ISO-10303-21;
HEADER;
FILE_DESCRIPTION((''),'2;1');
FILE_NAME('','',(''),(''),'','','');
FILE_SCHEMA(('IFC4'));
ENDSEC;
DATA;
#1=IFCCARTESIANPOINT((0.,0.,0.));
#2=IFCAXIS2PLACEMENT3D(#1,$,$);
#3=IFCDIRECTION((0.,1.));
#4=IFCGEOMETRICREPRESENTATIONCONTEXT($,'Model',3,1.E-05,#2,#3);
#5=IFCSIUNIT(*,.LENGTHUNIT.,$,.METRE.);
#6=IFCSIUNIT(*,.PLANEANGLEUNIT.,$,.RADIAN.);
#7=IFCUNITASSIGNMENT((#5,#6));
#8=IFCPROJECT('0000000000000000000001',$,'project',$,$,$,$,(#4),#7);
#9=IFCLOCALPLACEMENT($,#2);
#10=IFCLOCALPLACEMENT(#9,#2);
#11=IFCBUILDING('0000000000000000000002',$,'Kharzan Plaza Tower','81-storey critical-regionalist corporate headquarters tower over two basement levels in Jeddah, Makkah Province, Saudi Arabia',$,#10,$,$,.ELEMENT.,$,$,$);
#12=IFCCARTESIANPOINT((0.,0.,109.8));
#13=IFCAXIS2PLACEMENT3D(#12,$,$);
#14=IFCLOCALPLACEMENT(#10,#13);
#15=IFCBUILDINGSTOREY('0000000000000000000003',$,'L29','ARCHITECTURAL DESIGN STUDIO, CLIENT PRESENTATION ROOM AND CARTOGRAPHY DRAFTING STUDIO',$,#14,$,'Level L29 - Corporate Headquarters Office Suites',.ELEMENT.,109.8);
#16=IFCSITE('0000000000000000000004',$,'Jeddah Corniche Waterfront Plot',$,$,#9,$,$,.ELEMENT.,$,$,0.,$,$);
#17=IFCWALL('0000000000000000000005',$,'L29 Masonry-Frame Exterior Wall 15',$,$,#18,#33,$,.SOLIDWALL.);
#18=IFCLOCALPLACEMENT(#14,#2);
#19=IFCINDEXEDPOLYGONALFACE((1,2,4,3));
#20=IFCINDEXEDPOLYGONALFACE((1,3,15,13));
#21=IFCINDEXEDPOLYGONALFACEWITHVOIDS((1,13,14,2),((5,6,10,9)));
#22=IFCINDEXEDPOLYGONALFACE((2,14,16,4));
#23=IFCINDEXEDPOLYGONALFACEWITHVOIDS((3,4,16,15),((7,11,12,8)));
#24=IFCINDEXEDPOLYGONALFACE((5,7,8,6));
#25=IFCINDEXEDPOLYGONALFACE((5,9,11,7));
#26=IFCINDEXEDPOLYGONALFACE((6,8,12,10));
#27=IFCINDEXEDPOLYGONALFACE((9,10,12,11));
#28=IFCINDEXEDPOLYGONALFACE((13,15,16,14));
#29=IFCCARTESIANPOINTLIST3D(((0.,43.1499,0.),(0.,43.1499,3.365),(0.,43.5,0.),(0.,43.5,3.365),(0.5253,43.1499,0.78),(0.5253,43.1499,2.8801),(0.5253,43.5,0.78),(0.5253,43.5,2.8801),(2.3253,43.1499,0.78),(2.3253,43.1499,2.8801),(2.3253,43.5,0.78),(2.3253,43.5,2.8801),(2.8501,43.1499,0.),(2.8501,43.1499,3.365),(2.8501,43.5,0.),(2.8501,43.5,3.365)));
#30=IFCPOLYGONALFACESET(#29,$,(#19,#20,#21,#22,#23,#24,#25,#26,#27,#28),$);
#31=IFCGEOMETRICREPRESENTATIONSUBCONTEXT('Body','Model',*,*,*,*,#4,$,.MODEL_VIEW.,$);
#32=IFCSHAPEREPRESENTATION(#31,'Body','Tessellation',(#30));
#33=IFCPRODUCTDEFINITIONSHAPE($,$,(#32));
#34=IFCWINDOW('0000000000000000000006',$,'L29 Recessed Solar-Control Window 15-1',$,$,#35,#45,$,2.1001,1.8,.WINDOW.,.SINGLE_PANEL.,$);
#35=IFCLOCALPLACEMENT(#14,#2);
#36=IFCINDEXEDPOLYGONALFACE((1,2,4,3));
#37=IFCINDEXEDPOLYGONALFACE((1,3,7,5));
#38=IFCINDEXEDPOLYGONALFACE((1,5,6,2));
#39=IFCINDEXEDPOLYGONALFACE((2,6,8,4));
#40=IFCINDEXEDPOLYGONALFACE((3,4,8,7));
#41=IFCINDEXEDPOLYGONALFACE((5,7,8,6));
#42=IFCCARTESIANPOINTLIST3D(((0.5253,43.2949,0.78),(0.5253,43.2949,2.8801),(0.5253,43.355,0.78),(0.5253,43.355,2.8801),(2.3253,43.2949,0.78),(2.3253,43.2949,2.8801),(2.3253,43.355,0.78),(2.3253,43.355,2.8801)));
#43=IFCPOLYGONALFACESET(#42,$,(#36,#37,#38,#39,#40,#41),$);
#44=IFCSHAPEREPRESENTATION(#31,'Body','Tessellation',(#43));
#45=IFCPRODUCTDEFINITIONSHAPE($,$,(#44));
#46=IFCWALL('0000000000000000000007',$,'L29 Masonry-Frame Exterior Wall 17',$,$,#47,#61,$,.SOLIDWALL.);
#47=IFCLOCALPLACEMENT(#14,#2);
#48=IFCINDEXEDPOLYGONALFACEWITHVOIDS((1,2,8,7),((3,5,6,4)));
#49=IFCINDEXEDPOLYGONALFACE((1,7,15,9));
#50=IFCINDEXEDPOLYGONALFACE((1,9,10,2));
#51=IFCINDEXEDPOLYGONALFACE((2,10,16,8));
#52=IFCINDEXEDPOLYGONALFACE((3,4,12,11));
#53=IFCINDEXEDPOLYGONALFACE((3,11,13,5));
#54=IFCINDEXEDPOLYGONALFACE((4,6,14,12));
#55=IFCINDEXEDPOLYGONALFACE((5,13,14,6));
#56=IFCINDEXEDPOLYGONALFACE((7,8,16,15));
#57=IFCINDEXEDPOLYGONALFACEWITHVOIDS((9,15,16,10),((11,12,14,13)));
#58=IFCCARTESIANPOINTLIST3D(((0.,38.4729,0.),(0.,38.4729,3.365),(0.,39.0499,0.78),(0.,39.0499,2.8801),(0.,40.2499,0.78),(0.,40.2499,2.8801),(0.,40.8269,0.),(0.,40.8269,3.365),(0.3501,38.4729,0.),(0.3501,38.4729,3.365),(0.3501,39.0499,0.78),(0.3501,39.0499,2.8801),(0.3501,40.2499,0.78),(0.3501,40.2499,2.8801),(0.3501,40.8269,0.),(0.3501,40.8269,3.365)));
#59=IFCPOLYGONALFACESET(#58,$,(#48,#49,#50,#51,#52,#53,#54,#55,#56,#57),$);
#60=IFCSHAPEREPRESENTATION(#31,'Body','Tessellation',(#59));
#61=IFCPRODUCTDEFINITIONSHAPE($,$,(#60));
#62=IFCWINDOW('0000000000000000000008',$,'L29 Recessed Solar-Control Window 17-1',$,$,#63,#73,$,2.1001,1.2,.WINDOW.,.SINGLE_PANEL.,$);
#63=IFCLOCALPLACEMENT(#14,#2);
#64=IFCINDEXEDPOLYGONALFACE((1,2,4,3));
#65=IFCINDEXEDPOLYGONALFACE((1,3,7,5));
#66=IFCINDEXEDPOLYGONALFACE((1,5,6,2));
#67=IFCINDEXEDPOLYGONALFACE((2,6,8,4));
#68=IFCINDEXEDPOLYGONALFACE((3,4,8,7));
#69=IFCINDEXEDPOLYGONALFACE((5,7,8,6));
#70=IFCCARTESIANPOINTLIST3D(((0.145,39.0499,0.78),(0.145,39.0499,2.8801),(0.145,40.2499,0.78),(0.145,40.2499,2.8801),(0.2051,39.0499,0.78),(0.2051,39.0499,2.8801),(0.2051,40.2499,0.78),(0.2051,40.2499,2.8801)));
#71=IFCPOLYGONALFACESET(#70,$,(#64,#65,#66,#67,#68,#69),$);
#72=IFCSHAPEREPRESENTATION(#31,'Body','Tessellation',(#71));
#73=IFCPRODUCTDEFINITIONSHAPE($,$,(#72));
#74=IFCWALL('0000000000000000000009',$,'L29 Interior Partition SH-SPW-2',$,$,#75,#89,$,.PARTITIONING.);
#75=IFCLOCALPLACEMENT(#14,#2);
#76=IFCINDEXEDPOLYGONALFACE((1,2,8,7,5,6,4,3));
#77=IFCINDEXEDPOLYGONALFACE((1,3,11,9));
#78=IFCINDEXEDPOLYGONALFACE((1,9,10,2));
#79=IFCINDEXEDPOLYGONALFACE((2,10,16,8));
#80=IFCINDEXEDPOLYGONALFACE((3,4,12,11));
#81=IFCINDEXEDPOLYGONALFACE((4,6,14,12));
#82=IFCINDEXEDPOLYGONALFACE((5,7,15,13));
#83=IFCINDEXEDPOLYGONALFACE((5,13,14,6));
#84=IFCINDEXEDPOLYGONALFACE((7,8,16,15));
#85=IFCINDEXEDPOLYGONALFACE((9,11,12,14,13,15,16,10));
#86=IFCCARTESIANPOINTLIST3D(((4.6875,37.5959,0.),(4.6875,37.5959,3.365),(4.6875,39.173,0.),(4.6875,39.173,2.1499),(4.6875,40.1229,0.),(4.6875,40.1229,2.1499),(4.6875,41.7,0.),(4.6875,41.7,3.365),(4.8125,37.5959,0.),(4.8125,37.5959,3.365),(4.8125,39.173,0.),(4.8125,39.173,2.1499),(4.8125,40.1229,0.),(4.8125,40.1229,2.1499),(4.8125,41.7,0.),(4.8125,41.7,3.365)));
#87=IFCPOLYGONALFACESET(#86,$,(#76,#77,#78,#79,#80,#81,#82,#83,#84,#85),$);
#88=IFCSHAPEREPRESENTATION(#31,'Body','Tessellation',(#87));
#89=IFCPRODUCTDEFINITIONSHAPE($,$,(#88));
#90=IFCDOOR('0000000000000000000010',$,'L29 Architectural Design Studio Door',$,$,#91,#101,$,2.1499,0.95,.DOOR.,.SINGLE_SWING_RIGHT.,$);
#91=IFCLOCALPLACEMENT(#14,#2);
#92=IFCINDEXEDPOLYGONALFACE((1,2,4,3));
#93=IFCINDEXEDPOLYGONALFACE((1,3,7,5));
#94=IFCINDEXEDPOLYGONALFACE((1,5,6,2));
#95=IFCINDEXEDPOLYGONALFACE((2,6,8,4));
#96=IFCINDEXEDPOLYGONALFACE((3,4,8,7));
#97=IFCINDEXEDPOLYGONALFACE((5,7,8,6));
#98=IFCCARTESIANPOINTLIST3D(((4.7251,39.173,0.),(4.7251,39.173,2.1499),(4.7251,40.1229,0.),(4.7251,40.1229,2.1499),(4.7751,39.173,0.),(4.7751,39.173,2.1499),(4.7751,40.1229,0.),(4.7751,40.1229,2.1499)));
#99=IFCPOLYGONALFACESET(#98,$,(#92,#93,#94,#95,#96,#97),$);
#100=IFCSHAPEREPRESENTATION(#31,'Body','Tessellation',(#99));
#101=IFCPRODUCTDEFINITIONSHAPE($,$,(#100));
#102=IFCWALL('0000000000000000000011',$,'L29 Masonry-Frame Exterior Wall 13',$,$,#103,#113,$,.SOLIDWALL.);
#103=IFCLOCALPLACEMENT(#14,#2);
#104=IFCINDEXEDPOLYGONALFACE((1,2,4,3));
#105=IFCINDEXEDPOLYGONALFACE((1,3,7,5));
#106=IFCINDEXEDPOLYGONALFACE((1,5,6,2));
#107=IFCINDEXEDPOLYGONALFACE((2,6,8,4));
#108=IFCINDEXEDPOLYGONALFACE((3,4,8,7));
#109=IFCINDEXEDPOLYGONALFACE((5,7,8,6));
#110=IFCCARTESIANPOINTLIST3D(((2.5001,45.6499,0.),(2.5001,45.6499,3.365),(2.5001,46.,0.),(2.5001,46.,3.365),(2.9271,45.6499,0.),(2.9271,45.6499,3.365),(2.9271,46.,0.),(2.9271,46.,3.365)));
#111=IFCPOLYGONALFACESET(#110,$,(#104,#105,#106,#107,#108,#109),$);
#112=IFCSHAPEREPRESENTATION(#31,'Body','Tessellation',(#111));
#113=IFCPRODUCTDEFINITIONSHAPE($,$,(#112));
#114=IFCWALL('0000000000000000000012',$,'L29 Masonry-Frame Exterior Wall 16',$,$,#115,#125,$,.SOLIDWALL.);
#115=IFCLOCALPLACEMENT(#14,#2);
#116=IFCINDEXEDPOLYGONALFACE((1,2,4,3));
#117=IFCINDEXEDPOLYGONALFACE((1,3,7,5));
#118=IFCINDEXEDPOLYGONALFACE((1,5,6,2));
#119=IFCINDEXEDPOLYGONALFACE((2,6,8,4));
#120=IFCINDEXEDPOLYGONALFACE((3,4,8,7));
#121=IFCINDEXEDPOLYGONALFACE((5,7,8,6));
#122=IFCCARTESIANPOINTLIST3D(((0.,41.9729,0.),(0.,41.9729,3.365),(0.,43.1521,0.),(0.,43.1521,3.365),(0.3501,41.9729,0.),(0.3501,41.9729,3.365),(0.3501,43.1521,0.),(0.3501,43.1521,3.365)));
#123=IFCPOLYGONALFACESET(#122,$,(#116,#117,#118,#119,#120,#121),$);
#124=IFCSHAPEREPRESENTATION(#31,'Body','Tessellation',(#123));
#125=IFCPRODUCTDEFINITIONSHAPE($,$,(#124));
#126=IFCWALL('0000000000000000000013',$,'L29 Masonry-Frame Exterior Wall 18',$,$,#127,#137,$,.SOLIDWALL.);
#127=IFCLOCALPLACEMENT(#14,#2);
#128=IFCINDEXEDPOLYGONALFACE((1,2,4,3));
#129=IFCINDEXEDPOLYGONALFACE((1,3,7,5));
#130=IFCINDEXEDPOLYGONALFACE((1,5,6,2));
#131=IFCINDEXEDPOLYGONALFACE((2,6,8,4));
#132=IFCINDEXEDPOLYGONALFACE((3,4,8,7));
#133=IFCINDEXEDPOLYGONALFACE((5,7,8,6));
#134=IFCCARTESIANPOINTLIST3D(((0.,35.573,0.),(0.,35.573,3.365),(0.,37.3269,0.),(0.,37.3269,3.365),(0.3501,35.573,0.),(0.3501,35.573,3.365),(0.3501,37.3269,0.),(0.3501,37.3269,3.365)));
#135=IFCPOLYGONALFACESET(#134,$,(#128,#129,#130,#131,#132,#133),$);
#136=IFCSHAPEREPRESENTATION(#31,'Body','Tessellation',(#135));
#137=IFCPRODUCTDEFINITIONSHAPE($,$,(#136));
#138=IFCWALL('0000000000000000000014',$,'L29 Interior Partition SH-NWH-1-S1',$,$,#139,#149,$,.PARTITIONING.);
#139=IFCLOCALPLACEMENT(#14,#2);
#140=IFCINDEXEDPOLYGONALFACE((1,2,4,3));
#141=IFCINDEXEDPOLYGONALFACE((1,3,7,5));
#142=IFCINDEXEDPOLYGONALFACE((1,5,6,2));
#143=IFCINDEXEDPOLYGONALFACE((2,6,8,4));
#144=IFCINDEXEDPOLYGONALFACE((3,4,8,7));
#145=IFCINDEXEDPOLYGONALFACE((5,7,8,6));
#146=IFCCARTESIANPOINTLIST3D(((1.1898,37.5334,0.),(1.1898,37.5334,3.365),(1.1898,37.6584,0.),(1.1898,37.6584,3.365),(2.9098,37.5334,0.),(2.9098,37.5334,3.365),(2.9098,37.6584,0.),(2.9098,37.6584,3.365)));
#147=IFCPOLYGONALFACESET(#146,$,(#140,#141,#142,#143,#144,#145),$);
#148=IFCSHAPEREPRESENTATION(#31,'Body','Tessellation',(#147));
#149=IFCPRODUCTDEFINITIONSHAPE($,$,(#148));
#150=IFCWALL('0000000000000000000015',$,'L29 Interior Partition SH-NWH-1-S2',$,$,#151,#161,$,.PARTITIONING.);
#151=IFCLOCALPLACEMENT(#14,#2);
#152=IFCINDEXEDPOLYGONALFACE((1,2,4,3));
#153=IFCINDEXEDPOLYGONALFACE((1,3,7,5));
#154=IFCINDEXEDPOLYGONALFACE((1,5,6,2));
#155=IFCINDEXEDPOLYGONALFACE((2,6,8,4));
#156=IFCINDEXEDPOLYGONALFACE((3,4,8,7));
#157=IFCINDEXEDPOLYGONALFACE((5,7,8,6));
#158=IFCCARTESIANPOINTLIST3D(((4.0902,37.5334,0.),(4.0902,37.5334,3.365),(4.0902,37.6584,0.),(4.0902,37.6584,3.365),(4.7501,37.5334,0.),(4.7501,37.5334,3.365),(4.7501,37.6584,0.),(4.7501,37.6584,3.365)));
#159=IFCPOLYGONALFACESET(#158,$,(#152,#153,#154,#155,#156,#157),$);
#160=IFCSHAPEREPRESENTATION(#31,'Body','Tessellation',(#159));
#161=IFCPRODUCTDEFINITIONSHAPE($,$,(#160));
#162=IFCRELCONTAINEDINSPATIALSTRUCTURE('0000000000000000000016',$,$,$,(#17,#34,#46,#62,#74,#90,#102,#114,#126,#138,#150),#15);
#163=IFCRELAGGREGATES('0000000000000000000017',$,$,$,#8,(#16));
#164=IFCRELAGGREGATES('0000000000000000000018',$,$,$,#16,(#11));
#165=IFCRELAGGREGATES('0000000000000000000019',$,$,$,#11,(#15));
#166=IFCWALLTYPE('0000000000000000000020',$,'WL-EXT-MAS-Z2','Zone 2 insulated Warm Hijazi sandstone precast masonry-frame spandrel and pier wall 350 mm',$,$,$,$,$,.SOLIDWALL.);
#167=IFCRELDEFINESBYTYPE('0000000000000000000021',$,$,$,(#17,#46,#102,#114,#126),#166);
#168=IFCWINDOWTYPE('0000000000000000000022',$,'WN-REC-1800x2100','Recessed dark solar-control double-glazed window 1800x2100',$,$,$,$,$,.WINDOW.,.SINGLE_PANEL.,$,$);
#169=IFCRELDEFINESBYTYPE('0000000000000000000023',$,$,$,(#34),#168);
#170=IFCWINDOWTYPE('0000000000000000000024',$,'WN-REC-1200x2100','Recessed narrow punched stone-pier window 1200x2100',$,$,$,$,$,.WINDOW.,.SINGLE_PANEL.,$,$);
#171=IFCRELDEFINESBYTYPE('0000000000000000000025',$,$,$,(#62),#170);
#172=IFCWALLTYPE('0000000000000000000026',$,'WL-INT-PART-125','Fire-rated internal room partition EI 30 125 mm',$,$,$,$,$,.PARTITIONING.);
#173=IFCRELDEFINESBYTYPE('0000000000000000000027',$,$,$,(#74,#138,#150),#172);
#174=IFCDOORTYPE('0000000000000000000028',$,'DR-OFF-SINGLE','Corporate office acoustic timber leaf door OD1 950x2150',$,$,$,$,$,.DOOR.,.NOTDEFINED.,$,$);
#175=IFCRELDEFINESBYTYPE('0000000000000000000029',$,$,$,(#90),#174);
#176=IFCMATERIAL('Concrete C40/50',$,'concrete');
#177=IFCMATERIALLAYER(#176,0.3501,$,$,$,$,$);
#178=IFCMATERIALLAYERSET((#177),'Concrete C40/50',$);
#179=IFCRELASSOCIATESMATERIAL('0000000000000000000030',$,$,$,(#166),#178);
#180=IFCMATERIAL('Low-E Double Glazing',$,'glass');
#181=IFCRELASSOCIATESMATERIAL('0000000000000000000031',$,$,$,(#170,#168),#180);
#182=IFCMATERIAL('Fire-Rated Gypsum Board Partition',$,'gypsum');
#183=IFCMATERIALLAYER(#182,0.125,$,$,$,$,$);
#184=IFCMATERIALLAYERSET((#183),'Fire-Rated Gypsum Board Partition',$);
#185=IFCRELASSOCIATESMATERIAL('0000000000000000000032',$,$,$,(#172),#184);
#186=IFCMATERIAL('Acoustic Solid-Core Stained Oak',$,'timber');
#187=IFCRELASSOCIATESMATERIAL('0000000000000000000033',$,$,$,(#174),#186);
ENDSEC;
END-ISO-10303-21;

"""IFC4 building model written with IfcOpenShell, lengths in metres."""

from ifc_helpers import new_model, si_unit, direction, frame, frame_2d, origin, place, context, subcontext, project, spatial, rectangle, extrude, source, transform, mapped, material, layer, layer_set, type_object, element, fill, save


model = new_model("IFC4")

# Units and contexts
model_context = context("Model", 3, precision=1e-05, world=origin(), true_north=direction((0.0, 1.0)))
body_context = subcontext(model_context, "Body", "Model", "MODEL_VIEW")
ifc_project = project(units=[si_unit("LENGTHUNIT", "METRE"), si_unit("PLANEANGLEUNIT", "RADIAN")], contexts=[model_context])

# Site, building, storey
site_placement = place(None, origin())
site = spatial("IfcSite", under=ifc_project, at=site_placement, Name="Jeddah Corniche Waterfront Plot", CompositionType="ELEMENT", RefElevation=0.0)
building_placement = place(site_placement, origin())
building = spatial("IfcBuilding", under=site, at=building_placement, Name="Kharzan Plaza Tower", Description="81-storey critical-regionalist corporate headquarters tower over two basement levels in Jeddah, Makkah Province, Saudi Arabia", CompositionType="ELEMENT")
storey_placement = place(building_placement, frame((0.0, 0.0, 109.8)))
storey = spatial("IfcBuildingStorey", under=building, at=storey_placement, Name="L29", Description="ARCHITECTURAL DESIGN STUDIO, CLIENT PRESENTATION ROOM AND CARTOGRAPHY DRAFTING STUDIO", LongName="Level L29 - Corporate Headquarters Office Suites", CompositionType="ELEMENT", Elevation=109.8)

# Walls, openings, windows
ifc_material_1 = material(Name="Concrete C40/50", Category="concrete")
ifc_layer_1 = layer(ifc_material_1, 0.3501)
ifc_layer_set_1 = layer_set([ifc_layer_1], Name="Concrete C40/50")
wall_type_1 = type_object("IfcWallType", Name="WL-EXT-MAS-Z2", Description="Zone 2 insulated Warm Hijazi sandstone precast masonry-frame spandrel and pier wall 350 mm", PredefinedType="SOLIDWALL", material=ifc_layer_set_1)
ifc_material_2 = material(Name="Low-E Double Glazing", Category="glass")
window_type_1 = type_object("IfcWindowType", Name="WN-REC-1200x2100", Description="Recessed narrow punched stone-pier window 1200x2100", PartitioningType="SINGLE_PANEL", PredefinedType="WINDOW", material=ifc_material_2)
shared_shape_1 = source(origin(), body_context, "Body", "SweptSolid", [
    extrude(rectangle(XDim=1.2, YDim=2.1001, at=frame_2d((0.6001, 1.05))), frame((0.0, 0.03, 0.0), z_axis=(0.0, -1.0, 0.0), x_axis=(1.0, 0.0, 0.0)), (0.0, 0.0, 1.0), 0.0601),
])
wall_1_placement = place(storey_placement, frame((2.8501, 43.325, 0.0), z_axis=(0.0, 0.0, 1.0), x_axis=(-1.0, 0.0, 0.0)))
wall_1 = element("IfcWall", 1, at=wall_1_placement, inside=storey, type_object=wall_type_1, Name="L29 Masonry-Frame Exterior Wall 15", PredefinedType="SOLIDWALL", context=body_context, shape_type="SweptSolid", body=[
    extrude(rectangle(XDim=2.8501, YDim=0.3501, at=frame_2d((1.425, 0.0))), origin(), (0.0, 0.0, 1.0), 3.365),
])
opening_1_placement = place(wall_1_placement, frame((0.5249, 0.0, 0.78)))
opening_1 = element("IfcOpeningElement", 2, at=opening_1_placement, cuts=wall_1, PredefinedType="OPENING", context=body_context, shape_type="SweptSolid", body=[
    extrude(rectangle(XDim=1.8, YDim=2.1001, at=frame_2d((0.8999, 1.05))), frame((0.0, 0.1851, 0.0), z_axis=(0.0, -1.0, 0.0), x_axis=(1.0, 0.0, 0.0)), (0.0, 0.0, 1.0), 0.3701),
])
window_type_2 = type_object("IfcWindowType", Name="WN-REC-1800x2100", Description="Recessed dark solar-control double-glazed window 1800x2100", PartitioningType="SINGLE_PANEL", PredefinedType="WINDOW", material=ifc_material_2)
shared_shape_2 = source(origin(), body_context, "Body", "SweptSolid", [
    extrude(rectangle(XDim=1.8, YDim=2.1001, at=frame_2d((0.8999, 1.05))), frame((0.0, 0.03, 0.0), z_axis=(0.0, -1.0, 0.0), x_axis=(1.0, 0.0, 0.0)), (0.0, 0.0, 1.0), 0.0601),
])
window_1_placement = place(opening_1_placement, origin())
window_1 = element("IfcWindow", 3, at=window_1_placement, inside=storey, type_object=window_type_2, Name="L29 Recessed Solar-Control Window 15-1", OverallHeight=2.1001, OverallWidth=1.8, PartitioningType="SINGLE_PANEL", PredefinedType="WINDOW", context=body_context, shape_type="MappedRepresentation", body=[
    mapped(shared_shape_2, transform((0.0, 0.0, 0.0), x_axis=(1.0, 0.0, 0.0), y_axis=(0.0, 1.0, 0.0), z_axis=(0.0, 0.0, 1.0))),
])
fill(opening_1, window_1)
wall_2_placement = place(storey_placement, frame((0.175, 40.8269, 0.0), z_axis=(0.0, 0.0, 1.0), x_axis=(0.0, -1.0, 0.0)))
wall_2 = element("IfcWall", 4, at=wall_2_placement, inside=storey, type_object=wall_type_1, Name="L29 Masonry-Frame Exterior Wall 17", PredefinedType="SOLIDWALL", context=body_context, shape_type="SweptSolid", body=[
    extrude(rectangle(XDim=2.354, YDim=0.3501, at=frame_2d((1.177, 0.0))), origin(), (0.0, 0.0, 1.0), 3.365),
])
opening_2_placement = place(wall_2_placement, frame((0.5769, 0.0, 0.78)))
opening_2 = element("IfcOpeningElement", 5, at=opening_2_placement, cuts=wall_2, PredefinedType="OPENING", context=body_context, shape_type="SweptSolid", body=[
    extrude(rectangle(XDim=1.2, YDim=2.1001, at=frame_2d((0.6001, 1.05))), frame((0.0, 0.1851, 0.0), z_axis=(0.0, -1.0, 0.0), x_axis=(1.0, 0.0, 0.0)), (0.0, 0.0, 1.0), 0.3701),
])
window_2_placement = place(opening_2_placement, origin())
window_2 = element("IfcWindow", 6, at=window_2_placement, inside=storey, type_object=window_type_1, Name="L29 Recessed Solar-Control Window 17-1", OverallHeight=2.1001, OverallWidth=1.2, PartitioningType="SINGLE_PANEL", PredefinedType="WINDOW", context=body_context, shape_type="MappedRepresentation", body=[
    mapped(shared_shape_1, transform((0.0, 0.0, 0.0), x_axis=(1.0, 0.0, 0.0), y_axis=(0.0, 1.0, 0.0), z_axis=(0.0, 0.0, 1.0))),
])
fill(opening_2, window_2)

# Wall, opening, door
ifc_material_3 = material(Name="Fire-Rated Gypsum Board Partition", Category="gypsum")
ifc_layer_2 = layer(ifc_material_3, 0.125)
ifc_layer_set_2 = layer_set([ifc_layer_2], Name="Fire-Rated Gypsum Board Partition")
wall_type_2 = type_object("IfcWallType", Name="WL-INT-PART-125", Description="Fire-rated internal room partition EI 30 125 mm", PredefinedType="PARTITIONING", material=ifc_layer_set_2)
wall_3_placement = place(storey_placement, frame((4.75, 37.5959, 0.0), z_axis=(0.0, 0.0, 1.0), x_axis=(0.0, 1.0, 0.0)))
wall_3 = element("IfcWall", 7, at=wall_3_placement, inside=storey, type_object=wall_type_2, Name="L29 Interior Partition SH-SPW-2", PredefinedType="PARTITIONING", context=body_context, shape_type="SweptSolid", body=[
    extrude(rectangle(XDim=4.104, YDim=0.125, at=frame_2d((2.052, 0.0))), origin(), (0.0, 0.0, 1.0), 3.365),
])
opening_3_placement = place(wall_3_placement, frame((1.5769, 0.0, 0.0)))
opening_3 = element("IfcOpeningElement", 8, at=opening_3_placement, cuts=wall_3, PredefinedType="OPENING", context=body_context, shape_type="SweptSolid", body=[
    extrude(rectangle(XDim=0.95, YDim=2.1499, at=frame_2d((0.4751, 1.075))), frame((0.0, 0.0725, 0.0), z_axis=(0.0, -1.0, 0.0), x_axis=(1.0, 0.0, 0.0)), (0.0, 0.0, 1.0), 0.145),
])
ifc_material_4 = material(Name="Acoustic Solid-Core Stained Oak", Category="timber")
door_type = type_object("IfcDoorType", Name="DR-OFF-SINGLE", Description="Corporate office acoustic timber leaf door OD1 950x2150", OperationType="NOTDEFINED", PredefinedType="DOOR", material=ifc_material_4)
shared_shape_3 = source(origin(), body_context, "Body", "SweptSolid", [
    extrude(rectangle(XDim=0.95, YDim=2.1499, at=frame_2d((0.4751, 1.075))), frame((0.0, 0.0249, 0.0), z_axis=(0.0, -1.0, 0.0), x_axis=(1.0, 0.0, 0.0)), (0.0, 0.0, 1.0), 0.05),
])
door_placement = place(opening_3_placement, origin())
door = element("IfcDoor", 9, at=door_placement, inside=storey, type_object=door_type, Name="L29 Architectural Design Studio Door", OperationType="SINGLE_SWING_RIGHT", OverallHeight=2.1499, OverallWidth=0.95, PredefinedType="DOOR", context=body_context, shape_type="MappedRepresentation", body=[
    mapped(shared_shape_3, transform((0.0, 0.0, 0.0), x_axis=(1.0, 0.0, 0.0), y_axis=(0.0, 1.0, 0.0), z_axis=(0.0, 0.0, 1.0))),
])
fill(opening_3, door)

# Walls
shared_shape_4 = source(origin(), body_context, "Body", "SweptSolid", [
    extrude(rectangle(XDim=0.427, YDim=0.3501, at=frame_2d((0.2134, 0.0))), origin(), (0.0, 0.0, 1.0), 3.365),
])
wall_4_placement = place(storey_placement, frame((2.927, 45.825, 0.0), z_axis=(0.0, 0.0, 1.0), x_axis=(-1.0, 0.0, 0.0)))
element("IfcWall", 10, at=wall_4_placement, inside=storey, type_object=wall_type_1, Name="L29 Masonry-Frame Exterior Wall 13", PredefinedType="SOLIDWALL", context=body_context, shape_type="MappedRepresentation", body=[
    mapped(shared_shape_4, transform((0.0, 0.0, 0.0), x_axis=(1.0, 0.0, 0.0), y_axis=(0.0, 1.0, 0.0), z_axis=(0.0, 0.0, 1.0))),
])
shared_shape_5 = source(origin(), body_context, "Body", "SweptSolid", [
    extrude(rectangle(XDim=1.1792, YDim=0.3501, at=frame_2d((0.5896, 0.0))), origin(), (0.0, 0.0, 1.0), 3.365),
])
wall_5_placement = place(storey_placement, frame((0.175, 43.1521, 0.0), z_axis=(0.0, 0.0, 1.0), x_axis=(0.0, -1.0, 0.0)))
element("IfcWall", 11, at=wall_5_placement, inside=storey, type_object=wall_type_1, Name="L29 Masonry-Frame Exterior Wall 16", PredefinedType="SOLIDWALL", context=body_context, shape_type="MappedRepresentation", body=[
    mapped(shared_shape_5, transform((0.0, 0.0, 0.0), x_axis=(1.0, 0.0, 0.0), y_axis=(0.0, 1.0, 0.0), z_axis=(0.0, 0.0, 1.0))),
])
shared_shape_6 = source(origin(), body_context, "Body", "SweptSolid", [
    extrude(rectangle(XDim=1.7539, YDim=0.3501, at=frame_2d((0.877, 0.0))), origin(), (0.0, 0.0, 1.0), 3.365),
])
wall_6_placement = place(storey_placement, frame((0.175, 37.3269, 0.0), z_axis=(0.0, 0.0, 1.0), x_axis=(0.0, -1.0, 0.0)))
element("IfcWall", 12, at=wall_6_placement, inside=storey, type_object=wall_type_1, Name="L29 Masonry-Frame Exterior Wall 18", PredefinedType="SOLIDWALL", context=body_context, shape_type="MappedRepresentation", body=[
    mapped(shared_shape_6, transform((0.0, 0.0, 0.0), x_axis=(1.0, 0.0, 0.0), y_axis=(0.0, 1.0, 0.0), z_axis=(0.0, 0.0, 1.0))),
])
shared_shape_7 = source(origin(), body_context, "Body", "SweptSolid", [
    extrude(rectangle(XDim=1.72, YDim=0.125, at=frame_2d((0.8599, 0.0))), origin(), (0.0, 0.0, 1.0), 3.365),
])
wall_7_placement = place(storey_placement, frame((1.1899, 37.5959, 0.0), z_axis=(0.0, 0.0, 1.0), x_axis=(1.0, 0.0, 0.0)))
element("IfcWall", 13, at=wall_7_placement, inside=storey, type_object=wall_type_2, Name="L29 Interior Partition SH-NWH-1-S1", PredefinedType="PARTITIONING", context=body_context, shape_type="MappedRepresentation", body=[
    mapped(shared_shape_7, transform((0.0, 0.0, 0.0), x_axis=(1.0, 0.0, 0.0), y_axis=(0.0, 1.0, 0.0), z_axis=(0.0, 0.0, 1.0))),
])
shared_shape_8 = source(origin(), body_context, "Body", "SweptSolid", [
    extrude(rectangle(XDim=0.6599, YDim=0.125, at=frame_2d((0.3301, 0.0))), origin(), (0.0, 0.0, 1.0), 3.365),
])
for number, where, z_axis, x_axis, name in (
    (14, (4.0901, 37.5959, 0.0), (0.0, 0.0, 1.0), (1.0, 0.0, 0.0), "L29 Interior Partition SH-NWH-1-S2"),
):
    element("IfcWall", number, at=place(storey_placement, frame(where, z_axis=z_axis, x_axis=x_axis)), inside=storey, type_object=wall_type_2, Name=name, PredefinedType="PARTITIONING", context=body_context, shape_type="MappedRepresentation", body=[
        mapped(shared_shape_8, transform((0.0, 0.0, 0.0), x_axis=(1.0, 0.0, 0.0), y_axis=(0.0, 1.0, 0.0), z_axis=(0.0, 0.0, 1.0))),
    ])

save(model, "model.ifc")
